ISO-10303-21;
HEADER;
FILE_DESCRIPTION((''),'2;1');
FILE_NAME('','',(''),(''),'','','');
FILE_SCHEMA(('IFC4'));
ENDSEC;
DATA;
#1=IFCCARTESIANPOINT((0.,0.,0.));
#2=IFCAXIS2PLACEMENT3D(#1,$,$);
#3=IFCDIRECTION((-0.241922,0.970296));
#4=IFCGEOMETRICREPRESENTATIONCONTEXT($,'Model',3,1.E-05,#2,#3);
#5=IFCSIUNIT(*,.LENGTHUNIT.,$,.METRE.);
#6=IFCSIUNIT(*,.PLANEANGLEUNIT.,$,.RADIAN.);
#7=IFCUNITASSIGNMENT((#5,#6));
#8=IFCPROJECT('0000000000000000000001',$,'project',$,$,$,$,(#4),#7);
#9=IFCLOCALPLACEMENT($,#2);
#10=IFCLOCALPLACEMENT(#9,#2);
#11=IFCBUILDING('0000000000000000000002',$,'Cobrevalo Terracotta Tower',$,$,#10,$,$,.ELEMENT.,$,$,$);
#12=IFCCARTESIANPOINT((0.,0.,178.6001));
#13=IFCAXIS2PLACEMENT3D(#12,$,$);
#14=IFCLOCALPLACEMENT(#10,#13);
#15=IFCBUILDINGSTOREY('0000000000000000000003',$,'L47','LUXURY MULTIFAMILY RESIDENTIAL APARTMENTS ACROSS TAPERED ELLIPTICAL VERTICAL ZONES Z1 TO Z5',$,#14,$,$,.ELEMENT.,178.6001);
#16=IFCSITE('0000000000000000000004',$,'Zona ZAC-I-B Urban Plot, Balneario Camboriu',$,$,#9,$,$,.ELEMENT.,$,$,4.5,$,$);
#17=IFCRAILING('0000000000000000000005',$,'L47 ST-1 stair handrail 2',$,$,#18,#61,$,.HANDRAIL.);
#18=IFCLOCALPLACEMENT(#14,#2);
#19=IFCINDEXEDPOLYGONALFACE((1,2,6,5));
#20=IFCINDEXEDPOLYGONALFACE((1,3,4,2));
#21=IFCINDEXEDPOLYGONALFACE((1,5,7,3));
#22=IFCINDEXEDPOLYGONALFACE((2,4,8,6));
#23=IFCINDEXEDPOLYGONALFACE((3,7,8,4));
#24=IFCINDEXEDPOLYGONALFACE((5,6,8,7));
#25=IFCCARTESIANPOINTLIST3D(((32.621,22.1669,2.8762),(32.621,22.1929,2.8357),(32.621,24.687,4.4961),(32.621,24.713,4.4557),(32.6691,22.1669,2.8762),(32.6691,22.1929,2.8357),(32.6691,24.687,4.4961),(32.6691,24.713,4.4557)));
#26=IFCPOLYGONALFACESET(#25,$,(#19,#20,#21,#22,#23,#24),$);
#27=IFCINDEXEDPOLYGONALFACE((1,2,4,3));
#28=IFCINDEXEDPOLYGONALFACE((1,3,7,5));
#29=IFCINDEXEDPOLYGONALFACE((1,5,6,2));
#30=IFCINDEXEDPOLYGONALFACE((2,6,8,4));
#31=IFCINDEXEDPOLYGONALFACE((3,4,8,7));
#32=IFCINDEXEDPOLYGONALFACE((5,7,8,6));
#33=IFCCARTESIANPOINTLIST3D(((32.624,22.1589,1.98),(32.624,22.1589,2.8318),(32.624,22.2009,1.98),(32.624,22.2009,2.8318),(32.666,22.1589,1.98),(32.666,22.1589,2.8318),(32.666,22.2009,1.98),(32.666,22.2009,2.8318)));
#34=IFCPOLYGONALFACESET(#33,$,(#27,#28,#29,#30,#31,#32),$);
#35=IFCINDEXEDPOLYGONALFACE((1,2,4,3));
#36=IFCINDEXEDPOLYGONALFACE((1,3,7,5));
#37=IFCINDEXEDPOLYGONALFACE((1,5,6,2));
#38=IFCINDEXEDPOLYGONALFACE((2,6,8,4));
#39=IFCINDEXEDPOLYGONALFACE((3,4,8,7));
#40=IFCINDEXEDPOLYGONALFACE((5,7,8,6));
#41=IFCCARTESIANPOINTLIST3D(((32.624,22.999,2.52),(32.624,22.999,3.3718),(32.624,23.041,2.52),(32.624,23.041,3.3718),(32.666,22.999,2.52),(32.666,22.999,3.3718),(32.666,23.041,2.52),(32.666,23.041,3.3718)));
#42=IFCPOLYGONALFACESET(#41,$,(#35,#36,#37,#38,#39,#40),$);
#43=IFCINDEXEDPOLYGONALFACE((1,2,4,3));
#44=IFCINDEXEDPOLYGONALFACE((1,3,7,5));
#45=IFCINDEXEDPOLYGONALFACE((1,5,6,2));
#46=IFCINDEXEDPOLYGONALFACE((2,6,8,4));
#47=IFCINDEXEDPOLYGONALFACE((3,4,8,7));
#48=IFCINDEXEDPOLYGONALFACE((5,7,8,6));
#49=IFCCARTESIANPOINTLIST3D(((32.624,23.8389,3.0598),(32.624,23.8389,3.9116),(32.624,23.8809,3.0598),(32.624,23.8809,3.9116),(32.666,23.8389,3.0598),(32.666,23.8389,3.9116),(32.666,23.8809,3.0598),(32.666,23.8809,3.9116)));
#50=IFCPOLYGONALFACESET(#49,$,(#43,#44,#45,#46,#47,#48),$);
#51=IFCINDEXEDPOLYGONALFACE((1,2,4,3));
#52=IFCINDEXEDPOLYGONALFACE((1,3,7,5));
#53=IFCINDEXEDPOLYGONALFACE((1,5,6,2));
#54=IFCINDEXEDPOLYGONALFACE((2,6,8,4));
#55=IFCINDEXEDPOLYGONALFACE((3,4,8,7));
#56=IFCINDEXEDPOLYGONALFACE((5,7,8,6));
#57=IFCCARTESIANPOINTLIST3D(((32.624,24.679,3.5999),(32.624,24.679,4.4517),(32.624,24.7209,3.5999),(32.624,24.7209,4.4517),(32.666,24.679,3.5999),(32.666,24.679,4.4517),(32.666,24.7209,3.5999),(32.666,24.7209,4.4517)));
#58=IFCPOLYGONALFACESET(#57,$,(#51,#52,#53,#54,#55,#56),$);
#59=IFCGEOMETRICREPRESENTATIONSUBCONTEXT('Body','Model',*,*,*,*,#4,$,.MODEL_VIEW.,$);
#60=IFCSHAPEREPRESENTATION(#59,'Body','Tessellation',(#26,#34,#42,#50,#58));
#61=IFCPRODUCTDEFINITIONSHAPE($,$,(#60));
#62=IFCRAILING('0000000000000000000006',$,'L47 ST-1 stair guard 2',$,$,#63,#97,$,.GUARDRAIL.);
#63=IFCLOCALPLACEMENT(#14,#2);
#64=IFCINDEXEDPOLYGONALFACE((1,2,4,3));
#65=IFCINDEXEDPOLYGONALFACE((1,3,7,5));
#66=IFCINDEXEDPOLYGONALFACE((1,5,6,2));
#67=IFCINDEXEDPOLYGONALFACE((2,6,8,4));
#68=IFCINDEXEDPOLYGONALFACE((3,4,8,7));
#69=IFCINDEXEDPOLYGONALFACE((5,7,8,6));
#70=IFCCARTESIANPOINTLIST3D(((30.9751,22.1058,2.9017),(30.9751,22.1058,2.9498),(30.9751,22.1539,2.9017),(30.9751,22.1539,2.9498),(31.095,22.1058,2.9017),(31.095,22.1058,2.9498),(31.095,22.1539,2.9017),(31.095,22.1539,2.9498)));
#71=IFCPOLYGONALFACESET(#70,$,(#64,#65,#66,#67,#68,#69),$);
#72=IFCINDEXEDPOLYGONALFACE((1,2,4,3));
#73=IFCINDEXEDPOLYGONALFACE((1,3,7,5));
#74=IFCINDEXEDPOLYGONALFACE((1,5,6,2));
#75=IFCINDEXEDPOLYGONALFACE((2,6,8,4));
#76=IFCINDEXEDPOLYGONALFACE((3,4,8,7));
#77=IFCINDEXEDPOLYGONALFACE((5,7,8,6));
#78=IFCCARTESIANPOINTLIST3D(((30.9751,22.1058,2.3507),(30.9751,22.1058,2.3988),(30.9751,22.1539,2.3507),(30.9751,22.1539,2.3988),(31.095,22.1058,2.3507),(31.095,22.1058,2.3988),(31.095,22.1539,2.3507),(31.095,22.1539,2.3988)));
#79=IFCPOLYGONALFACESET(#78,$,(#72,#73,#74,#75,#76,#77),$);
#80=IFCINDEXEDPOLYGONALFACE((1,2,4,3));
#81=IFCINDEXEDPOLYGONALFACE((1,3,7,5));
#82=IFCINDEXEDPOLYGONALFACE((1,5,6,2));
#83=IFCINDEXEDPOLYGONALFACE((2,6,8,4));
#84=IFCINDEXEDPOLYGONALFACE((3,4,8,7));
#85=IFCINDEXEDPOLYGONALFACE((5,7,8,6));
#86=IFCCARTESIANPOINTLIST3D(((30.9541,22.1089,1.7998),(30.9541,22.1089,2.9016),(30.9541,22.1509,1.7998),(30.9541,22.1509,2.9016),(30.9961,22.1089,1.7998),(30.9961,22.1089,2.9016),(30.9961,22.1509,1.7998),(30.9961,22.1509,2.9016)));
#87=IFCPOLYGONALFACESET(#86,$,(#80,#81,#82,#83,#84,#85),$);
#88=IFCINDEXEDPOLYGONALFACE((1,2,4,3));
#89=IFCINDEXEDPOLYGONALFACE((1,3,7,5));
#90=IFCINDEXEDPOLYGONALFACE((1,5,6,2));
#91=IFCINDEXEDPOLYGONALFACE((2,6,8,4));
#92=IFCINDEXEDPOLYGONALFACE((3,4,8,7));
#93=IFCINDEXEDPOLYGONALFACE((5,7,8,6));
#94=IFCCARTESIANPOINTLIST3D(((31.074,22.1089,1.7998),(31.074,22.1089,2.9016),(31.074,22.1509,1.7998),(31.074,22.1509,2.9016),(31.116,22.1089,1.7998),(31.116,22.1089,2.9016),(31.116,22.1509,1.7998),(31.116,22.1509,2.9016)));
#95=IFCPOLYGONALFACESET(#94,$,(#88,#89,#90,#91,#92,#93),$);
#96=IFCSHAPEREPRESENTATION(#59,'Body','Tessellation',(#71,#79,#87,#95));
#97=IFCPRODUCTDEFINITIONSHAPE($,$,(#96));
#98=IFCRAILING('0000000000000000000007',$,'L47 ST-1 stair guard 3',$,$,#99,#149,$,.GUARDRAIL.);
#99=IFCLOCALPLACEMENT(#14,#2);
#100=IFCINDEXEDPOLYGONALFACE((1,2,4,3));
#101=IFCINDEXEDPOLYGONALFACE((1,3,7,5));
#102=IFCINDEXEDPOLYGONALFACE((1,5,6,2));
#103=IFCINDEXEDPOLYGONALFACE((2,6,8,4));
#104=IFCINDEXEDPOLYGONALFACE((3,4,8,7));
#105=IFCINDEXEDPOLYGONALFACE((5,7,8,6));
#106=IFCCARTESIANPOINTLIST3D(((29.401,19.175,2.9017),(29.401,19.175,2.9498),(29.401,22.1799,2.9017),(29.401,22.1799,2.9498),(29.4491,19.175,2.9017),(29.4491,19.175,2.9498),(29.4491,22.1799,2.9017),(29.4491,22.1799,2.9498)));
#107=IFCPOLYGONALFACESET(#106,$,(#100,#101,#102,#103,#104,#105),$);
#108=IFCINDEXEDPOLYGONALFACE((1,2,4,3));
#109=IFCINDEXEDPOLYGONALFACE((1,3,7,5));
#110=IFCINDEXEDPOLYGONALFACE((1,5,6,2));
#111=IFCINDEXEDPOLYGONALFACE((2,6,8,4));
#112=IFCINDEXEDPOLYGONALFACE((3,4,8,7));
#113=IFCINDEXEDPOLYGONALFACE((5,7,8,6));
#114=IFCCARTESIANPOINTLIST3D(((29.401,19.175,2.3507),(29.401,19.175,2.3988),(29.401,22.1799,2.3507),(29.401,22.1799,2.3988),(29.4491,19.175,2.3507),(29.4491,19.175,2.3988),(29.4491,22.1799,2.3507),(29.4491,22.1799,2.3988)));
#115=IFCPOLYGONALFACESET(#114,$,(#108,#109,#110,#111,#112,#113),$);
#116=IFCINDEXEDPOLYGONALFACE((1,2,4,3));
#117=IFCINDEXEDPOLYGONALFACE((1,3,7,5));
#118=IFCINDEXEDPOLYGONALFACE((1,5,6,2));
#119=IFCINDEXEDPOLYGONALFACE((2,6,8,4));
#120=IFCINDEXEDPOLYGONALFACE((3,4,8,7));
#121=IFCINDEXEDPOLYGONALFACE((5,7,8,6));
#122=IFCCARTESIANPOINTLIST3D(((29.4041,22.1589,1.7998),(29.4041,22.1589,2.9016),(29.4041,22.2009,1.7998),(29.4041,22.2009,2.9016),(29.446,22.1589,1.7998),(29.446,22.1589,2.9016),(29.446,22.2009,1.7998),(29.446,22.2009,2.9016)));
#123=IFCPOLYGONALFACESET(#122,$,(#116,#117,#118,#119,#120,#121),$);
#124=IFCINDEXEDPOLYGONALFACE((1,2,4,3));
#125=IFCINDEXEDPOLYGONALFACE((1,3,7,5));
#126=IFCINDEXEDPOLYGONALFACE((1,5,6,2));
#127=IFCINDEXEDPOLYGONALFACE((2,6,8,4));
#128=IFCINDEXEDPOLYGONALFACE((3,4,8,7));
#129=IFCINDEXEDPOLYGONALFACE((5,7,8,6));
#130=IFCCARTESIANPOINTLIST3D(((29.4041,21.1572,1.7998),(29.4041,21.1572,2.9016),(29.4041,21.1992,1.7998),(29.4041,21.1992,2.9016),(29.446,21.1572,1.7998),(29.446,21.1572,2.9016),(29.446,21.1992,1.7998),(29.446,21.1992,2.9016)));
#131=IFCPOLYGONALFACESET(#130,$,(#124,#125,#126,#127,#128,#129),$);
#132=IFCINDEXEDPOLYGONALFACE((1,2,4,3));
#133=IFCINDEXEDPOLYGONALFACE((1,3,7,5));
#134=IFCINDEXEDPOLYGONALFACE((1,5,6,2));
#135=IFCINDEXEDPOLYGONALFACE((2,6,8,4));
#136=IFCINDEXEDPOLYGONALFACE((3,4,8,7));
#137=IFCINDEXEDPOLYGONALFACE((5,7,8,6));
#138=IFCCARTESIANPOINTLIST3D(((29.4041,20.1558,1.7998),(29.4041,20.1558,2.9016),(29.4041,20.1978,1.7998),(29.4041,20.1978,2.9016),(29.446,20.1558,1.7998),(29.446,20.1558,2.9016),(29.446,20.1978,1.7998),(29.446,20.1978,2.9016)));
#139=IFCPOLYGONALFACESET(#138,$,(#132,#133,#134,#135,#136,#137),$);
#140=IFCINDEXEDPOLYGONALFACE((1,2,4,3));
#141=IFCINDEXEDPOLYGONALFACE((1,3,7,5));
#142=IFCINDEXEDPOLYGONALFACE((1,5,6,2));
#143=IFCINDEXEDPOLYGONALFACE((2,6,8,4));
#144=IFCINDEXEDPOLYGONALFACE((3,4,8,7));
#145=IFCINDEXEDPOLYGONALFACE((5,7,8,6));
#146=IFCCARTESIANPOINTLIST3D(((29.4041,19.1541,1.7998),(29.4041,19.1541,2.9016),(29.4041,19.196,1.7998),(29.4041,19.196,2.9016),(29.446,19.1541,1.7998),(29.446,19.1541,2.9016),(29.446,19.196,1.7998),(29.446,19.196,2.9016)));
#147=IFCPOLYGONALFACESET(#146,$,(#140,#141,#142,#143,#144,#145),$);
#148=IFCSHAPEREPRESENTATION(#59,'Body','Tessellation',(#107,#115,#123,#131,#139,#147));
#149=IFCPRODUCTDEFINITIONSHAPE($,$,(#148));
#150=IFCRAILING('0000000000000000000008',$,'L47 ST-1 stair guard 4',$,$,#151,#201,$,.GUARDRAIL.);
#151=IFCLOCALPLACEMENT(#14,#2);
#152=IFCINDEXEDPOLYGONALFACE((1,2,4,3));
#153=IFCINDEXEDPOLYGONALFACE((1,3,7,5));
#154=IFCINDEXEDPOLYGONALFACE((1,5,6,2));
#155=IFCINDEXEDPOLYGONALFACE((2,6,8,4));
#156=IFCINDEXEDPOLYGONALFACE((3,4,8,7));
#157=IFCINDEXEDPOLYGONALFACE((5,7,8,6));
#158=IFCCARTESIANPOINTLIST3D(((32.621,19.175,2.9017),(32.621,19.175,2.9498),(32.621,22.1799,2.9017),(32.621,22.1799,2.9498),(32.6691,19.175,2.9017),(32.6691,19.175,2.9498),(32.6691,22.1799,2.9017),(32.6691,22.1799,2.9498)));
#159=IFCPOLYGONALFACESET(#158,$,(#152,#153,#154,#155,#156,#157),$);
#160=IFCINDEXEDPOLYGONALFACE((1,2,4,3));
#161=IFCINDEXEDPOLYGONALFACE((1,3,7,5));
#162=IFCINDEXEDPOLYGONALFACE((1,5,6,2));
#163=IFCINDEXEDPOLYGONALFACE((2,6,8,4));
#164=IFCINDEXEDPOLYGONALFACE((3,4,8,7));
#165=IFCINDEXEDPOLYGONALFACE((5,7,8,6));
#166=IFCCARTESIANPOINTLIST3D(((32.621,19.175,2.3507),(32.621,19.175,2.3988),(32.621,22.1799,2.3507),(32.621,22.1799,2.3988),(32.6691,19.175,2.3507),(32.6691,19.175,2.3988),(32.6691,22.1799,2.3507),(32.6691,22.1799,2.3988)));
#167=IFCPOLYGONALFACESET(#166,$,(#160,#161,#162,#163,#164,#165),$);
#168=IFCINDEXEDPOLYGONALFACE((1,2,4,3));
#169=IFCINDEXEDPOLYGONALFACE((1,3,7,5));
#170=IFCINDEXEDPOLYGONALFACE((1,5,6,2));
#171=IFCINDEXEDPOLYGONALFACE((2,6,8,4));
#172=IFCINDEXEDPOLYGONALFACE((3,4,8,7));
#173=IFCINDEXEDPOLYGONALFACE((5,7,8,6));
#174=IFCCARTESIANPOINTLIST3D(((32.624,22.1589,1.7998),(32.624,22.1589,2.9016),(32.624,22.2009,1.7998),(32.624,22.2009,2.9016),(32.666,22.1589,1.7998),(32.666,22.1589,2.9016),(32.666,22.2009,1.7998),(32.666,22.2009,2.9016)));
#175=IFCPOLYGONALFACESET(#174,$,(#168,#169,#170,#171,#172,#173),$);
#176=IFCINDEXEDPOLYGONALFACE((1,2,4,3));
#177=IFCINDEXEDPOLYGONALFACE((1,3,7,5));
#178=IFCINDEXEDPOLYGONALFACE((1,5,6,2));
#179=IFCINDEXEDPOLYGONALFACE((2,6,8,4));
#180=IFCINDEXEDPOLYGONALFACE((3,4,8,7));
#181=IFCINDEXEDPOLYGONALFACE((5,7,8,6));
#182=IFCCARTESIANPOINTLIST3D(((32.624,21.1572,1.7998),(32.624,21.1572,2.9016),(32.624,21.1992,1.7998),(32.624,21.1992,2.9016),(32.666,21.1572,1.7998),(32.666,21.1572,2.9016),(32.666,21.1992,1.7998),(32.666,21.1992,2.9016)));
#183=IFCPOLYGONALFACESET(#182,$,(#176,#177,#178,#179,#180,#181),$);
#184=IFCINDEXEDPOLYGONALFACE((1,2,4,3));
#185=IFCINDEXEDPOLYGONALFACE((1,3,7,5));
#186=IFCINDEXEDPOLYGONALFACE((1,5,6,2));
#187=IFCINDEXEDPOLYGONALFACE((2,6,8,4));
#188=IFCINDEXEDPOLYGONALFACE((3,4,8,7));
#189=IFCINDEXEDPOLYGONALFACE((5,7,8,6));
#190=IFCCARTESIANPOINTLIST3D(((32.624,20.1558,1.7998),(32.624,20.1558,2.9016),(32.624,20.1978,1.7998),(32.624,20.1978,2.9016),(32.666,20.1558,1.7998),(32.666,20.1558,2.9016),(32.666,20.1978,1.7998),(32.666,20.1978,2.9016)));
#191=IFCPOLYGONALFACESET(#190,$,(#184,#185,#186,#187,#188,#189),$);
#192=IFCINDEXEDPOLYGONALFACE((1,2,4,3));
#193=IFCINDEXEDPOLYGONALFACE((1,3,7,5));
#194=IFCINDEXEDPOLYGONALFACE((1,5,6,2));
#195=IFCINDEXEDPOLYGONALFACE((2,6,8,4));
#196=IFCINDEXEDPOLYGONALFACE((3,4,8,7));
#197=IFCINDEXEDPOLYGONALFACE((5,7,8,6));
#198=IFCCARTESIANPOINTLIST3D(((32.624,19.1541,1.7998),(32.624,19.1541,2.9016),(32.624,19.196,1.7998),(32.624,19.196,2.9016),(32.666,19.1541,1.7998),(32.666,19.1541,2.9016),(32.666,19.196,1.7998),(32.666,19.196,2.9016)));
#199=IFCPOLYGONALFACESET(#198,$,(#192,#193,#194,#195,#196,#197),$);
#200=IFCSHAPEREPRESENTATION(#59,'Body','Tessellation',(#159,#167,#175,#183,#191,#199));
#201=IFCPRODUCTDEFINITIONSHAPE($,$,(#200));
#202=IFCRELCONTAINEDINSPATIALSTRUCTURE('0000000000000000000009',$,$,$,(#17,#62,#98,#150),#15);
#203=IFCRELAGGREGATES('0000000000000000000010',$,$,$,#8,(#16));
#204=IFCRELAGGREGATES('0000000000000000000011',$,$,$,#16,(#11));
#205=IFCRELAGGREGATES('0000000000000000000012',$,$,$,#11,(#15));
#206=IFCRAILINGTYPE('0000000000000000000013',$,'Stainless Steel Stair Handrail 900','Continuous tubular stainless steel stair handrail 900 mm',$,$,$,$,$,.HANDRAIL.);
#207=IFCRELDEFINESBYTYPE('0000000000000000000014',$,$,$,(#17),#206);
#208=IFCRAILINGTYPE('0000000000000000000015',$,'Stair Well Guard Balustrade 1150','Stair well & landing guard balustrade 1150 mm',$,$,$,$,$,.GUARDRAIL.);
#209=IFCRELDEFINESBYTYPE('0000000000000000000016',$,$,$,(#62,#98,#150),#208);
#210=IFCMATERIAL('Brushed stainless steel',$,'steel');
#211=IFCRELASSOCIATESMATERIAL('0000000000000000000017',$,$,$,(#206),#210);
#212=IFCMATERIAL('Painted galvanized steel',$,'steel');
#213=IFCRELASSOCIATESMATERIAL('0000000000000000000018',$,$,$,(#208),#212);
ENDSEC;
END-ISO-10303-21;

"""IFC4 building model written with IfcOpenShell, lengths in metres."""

from ifc_helpers import new_model, si_unit, direction, frame, origin, origin_2d, place, context, subcontext, project, spatial, rectangle, extrude, material, type_object, element, save


model = new_model("IFC4")

# Units and contexts
model_context = context("Model", 3, precision=1e-05, world=origin(), true_north=direction((-0.241922, 0.970296)))
body_context = subcontext(model_context, "Body", "Model", "MODEL_VIEW")
ifc_project = project(units=[si_unit("LENGTHUNIT", "METRE"), si_unit("PLANEANGLEUNIT", "RADIAN")], contexts=[model_context])

# Site, building, storey
site_placement = place(None, origin())
site = spatial("IfcSite", under=ifc_project, at=site_placement, Name="Zona ZAC-I-B Urban Plot, Balneario Camboriu", CompositionType="ELEMENT", RefElevation=4.5)
building_placement = place(site_placement, origin())
building = spatial("IfcBuilding", under=site, at=building_placement, Name="Cobrevalo Terracotta Tower", CompositionType="ELEMENT")
storey_placement = place(building_placement, frame((0.0, 0.0, 178.6001)))
storey = spatial("IfcBuildingStorey", under=building, at=storey_placement, Name="L47", Description="LUXURY MULTIFAMILY RESIDENTIAL APARTMENTS ACROSS TAPERED ELLIPTICAL VERTICAL ZONES Z1 TO Z5", CompositionType="ELEMENT", Elevation=178.6001)

# Railings
ifc_material_1 = material(Name="Brushed stainless steel", Category="steel")
railing_type_1 = type_object("IfcRailingType", Name="Stainless Steel Stair Handrail 900", Description="Continuous tubular stainless steel stair handrail 900 mm", PredefinedType="HANDRAIL", material=ifc_material_1)
railing_1_placement = place(storey_placement, frame((32.645, 22.1799, 1.98)))
element("IfcRailing", 1, at=railing_1_placement, inside=storey, type_object=railing_type_1, Name="L47 ST-1 stair handrail 2", PredefinedType="HANDRAIL", context=body_context, shape_type="SweptSolid", body=[
    extrude(rectangle(XDim=0.0481, YDim=0.0481, at=origin_2d()), frame((0.0, 0.0, 0.876), z_axis=(0.0, 0.8412, 0.540725), x_axis=(-1.0, 0.0, 0.0)), (0.0, 0.0, 1.0), 2.9958),
    extrude(rectangle(XDim=0.042, YDim=0.042, at=origin_2d()), origin(), (0.0, 0.0, 1.0), 0.8518),
    extrude(rectangle(XDim=0.042, YDim=0.042, at=origin_2d()), frame((0.0, 0.8401, 0.54)), (0.0, 0.0, 1.0), 0.8518),
    extrude(rectangle(XDim=0.042, YDim=0.042, at=origin_2d()), frame((0.0, 1.6799, 1.0798)), (0.0, 0.0, 1.0), 0.8518),
    extrude(rectangle(XDim=0.042, YDim=0.042, at=origin_2d()), frame((0.0, 2.52, 1.6199)), (0.0, 0.0, 1.0), 0.8518),
])
ifc_material_2 = material(Name="Painted galvanized steel", Category="steel")
railing_type_2 = type_object("IfcRailingType", Name="Stair Well Guard Balustrade 1150", Description="Stair well & landing guard balustrade 1150 mm", PredefinedType="GUARDRAIL", material=ifc_material_2)
railing_2_placement = place(storey_placement, frame((30.9751, 22.1299, 1.7998)))
element("IfcRailing", 2, at=railing_2_placement, inside=storey, type_object=railing_type_2, Name="L47 ST-1 stair guard 2", PredefinedType="GUARDRAIL", context=body_context, shape_type="SweptSolid", body=[
    extrude(rectangle(XDim=0.0481, YDim=0.0481, at=origin_2d()), frame((0.0, 0.0, 1.126), z_axis=(1.0, 0.0, 0.0), x_axis=(0.0, 1.0, 0.0)), (0.0, 0.0, 1.0), 0.1199),
    extrude(rectangle(XDim=0.0481, YDim=0.0481, at=origin_2d()), frame((0.0, 0.0, 0.575), z_axis=(1.0, 0.0, 0.0), x_axis=(0.0, 1.0, 0.0)), (0.0, 0.0, 1.0), 0.1199),
    extrude(rectangle(XDim=0.042, YDim=0.042, at=origin_2d()), origin(), (0.0, 0.0, 1.0), 1.1018),
    extrude(rectangle(XDim=0.042, YDim=0.042, at=origin_2d()), frame((0.1199, 0.0, 0.0)), (0.0, 0.0, 1.0), 1.1018),
])
for number, where, name in (
    (3, (29.425, 22.1799, 1.7998), "L47 ST-1 stair guard 3"),
    (4, (32.645, 22.1799, 1.7998), "L47 ST-1 stair guard 4"),
):
    element("IfcRailing", number, at=place(storey_placement, frame(where)), inside=storey, type_object=railing_type_2, Name=name, PredefinedType="GUARDRAIL", context=body_context, shape_type="SweptSolid", body=[
        extrude(rectangle(XDim=0.0481, YDim=0.0481, at=origin_2d()), frame((0.0, 0.0, 1.126), z_axis=(0.0, -1.0, 0.0), x_axis=(1.0, 0.0, 0.0)), (0.0, 0.0, 1.0), 3.0049),
        extrude(rectangle(XDim=0.0481, YDim=0.0481, at=origin_2d()), frame((0.0, 0.0, 0.575), z_axis=(0.0, -1.0, 0.0), x_axis=(1.0, 0.0, 0.0)), (0.0, 0.0, 1.0), 3.0049),
        extrude(rectangle(XDim=0.042, YDim=0.042, at=origin_2d()), origin(), (0.0, 0.0, 1.0), 1.1018),
        extrude(rectangle(XDim=0.042, YDim=0.042, at=origin_2d()), frame((0.0, -1.0017, 0.0)), (0.0, 0.0, 1.0), 1.1018),
        extrude(rectangle(XDim=0.042, YDim=0.042, at=origin_2d()), frame((0.0, -2.0032, 0.0)), (0.0, 0.0, 1.0), 1.1018),
        extrude(rectangle(XDim=0.042, YDim=0.042, at=origin_2d()), frame((0.0, -3.0049, 0.0)), (0.0, 0.0, 1.0), 1.1018),
    ])

save(model, "model.ifc")
